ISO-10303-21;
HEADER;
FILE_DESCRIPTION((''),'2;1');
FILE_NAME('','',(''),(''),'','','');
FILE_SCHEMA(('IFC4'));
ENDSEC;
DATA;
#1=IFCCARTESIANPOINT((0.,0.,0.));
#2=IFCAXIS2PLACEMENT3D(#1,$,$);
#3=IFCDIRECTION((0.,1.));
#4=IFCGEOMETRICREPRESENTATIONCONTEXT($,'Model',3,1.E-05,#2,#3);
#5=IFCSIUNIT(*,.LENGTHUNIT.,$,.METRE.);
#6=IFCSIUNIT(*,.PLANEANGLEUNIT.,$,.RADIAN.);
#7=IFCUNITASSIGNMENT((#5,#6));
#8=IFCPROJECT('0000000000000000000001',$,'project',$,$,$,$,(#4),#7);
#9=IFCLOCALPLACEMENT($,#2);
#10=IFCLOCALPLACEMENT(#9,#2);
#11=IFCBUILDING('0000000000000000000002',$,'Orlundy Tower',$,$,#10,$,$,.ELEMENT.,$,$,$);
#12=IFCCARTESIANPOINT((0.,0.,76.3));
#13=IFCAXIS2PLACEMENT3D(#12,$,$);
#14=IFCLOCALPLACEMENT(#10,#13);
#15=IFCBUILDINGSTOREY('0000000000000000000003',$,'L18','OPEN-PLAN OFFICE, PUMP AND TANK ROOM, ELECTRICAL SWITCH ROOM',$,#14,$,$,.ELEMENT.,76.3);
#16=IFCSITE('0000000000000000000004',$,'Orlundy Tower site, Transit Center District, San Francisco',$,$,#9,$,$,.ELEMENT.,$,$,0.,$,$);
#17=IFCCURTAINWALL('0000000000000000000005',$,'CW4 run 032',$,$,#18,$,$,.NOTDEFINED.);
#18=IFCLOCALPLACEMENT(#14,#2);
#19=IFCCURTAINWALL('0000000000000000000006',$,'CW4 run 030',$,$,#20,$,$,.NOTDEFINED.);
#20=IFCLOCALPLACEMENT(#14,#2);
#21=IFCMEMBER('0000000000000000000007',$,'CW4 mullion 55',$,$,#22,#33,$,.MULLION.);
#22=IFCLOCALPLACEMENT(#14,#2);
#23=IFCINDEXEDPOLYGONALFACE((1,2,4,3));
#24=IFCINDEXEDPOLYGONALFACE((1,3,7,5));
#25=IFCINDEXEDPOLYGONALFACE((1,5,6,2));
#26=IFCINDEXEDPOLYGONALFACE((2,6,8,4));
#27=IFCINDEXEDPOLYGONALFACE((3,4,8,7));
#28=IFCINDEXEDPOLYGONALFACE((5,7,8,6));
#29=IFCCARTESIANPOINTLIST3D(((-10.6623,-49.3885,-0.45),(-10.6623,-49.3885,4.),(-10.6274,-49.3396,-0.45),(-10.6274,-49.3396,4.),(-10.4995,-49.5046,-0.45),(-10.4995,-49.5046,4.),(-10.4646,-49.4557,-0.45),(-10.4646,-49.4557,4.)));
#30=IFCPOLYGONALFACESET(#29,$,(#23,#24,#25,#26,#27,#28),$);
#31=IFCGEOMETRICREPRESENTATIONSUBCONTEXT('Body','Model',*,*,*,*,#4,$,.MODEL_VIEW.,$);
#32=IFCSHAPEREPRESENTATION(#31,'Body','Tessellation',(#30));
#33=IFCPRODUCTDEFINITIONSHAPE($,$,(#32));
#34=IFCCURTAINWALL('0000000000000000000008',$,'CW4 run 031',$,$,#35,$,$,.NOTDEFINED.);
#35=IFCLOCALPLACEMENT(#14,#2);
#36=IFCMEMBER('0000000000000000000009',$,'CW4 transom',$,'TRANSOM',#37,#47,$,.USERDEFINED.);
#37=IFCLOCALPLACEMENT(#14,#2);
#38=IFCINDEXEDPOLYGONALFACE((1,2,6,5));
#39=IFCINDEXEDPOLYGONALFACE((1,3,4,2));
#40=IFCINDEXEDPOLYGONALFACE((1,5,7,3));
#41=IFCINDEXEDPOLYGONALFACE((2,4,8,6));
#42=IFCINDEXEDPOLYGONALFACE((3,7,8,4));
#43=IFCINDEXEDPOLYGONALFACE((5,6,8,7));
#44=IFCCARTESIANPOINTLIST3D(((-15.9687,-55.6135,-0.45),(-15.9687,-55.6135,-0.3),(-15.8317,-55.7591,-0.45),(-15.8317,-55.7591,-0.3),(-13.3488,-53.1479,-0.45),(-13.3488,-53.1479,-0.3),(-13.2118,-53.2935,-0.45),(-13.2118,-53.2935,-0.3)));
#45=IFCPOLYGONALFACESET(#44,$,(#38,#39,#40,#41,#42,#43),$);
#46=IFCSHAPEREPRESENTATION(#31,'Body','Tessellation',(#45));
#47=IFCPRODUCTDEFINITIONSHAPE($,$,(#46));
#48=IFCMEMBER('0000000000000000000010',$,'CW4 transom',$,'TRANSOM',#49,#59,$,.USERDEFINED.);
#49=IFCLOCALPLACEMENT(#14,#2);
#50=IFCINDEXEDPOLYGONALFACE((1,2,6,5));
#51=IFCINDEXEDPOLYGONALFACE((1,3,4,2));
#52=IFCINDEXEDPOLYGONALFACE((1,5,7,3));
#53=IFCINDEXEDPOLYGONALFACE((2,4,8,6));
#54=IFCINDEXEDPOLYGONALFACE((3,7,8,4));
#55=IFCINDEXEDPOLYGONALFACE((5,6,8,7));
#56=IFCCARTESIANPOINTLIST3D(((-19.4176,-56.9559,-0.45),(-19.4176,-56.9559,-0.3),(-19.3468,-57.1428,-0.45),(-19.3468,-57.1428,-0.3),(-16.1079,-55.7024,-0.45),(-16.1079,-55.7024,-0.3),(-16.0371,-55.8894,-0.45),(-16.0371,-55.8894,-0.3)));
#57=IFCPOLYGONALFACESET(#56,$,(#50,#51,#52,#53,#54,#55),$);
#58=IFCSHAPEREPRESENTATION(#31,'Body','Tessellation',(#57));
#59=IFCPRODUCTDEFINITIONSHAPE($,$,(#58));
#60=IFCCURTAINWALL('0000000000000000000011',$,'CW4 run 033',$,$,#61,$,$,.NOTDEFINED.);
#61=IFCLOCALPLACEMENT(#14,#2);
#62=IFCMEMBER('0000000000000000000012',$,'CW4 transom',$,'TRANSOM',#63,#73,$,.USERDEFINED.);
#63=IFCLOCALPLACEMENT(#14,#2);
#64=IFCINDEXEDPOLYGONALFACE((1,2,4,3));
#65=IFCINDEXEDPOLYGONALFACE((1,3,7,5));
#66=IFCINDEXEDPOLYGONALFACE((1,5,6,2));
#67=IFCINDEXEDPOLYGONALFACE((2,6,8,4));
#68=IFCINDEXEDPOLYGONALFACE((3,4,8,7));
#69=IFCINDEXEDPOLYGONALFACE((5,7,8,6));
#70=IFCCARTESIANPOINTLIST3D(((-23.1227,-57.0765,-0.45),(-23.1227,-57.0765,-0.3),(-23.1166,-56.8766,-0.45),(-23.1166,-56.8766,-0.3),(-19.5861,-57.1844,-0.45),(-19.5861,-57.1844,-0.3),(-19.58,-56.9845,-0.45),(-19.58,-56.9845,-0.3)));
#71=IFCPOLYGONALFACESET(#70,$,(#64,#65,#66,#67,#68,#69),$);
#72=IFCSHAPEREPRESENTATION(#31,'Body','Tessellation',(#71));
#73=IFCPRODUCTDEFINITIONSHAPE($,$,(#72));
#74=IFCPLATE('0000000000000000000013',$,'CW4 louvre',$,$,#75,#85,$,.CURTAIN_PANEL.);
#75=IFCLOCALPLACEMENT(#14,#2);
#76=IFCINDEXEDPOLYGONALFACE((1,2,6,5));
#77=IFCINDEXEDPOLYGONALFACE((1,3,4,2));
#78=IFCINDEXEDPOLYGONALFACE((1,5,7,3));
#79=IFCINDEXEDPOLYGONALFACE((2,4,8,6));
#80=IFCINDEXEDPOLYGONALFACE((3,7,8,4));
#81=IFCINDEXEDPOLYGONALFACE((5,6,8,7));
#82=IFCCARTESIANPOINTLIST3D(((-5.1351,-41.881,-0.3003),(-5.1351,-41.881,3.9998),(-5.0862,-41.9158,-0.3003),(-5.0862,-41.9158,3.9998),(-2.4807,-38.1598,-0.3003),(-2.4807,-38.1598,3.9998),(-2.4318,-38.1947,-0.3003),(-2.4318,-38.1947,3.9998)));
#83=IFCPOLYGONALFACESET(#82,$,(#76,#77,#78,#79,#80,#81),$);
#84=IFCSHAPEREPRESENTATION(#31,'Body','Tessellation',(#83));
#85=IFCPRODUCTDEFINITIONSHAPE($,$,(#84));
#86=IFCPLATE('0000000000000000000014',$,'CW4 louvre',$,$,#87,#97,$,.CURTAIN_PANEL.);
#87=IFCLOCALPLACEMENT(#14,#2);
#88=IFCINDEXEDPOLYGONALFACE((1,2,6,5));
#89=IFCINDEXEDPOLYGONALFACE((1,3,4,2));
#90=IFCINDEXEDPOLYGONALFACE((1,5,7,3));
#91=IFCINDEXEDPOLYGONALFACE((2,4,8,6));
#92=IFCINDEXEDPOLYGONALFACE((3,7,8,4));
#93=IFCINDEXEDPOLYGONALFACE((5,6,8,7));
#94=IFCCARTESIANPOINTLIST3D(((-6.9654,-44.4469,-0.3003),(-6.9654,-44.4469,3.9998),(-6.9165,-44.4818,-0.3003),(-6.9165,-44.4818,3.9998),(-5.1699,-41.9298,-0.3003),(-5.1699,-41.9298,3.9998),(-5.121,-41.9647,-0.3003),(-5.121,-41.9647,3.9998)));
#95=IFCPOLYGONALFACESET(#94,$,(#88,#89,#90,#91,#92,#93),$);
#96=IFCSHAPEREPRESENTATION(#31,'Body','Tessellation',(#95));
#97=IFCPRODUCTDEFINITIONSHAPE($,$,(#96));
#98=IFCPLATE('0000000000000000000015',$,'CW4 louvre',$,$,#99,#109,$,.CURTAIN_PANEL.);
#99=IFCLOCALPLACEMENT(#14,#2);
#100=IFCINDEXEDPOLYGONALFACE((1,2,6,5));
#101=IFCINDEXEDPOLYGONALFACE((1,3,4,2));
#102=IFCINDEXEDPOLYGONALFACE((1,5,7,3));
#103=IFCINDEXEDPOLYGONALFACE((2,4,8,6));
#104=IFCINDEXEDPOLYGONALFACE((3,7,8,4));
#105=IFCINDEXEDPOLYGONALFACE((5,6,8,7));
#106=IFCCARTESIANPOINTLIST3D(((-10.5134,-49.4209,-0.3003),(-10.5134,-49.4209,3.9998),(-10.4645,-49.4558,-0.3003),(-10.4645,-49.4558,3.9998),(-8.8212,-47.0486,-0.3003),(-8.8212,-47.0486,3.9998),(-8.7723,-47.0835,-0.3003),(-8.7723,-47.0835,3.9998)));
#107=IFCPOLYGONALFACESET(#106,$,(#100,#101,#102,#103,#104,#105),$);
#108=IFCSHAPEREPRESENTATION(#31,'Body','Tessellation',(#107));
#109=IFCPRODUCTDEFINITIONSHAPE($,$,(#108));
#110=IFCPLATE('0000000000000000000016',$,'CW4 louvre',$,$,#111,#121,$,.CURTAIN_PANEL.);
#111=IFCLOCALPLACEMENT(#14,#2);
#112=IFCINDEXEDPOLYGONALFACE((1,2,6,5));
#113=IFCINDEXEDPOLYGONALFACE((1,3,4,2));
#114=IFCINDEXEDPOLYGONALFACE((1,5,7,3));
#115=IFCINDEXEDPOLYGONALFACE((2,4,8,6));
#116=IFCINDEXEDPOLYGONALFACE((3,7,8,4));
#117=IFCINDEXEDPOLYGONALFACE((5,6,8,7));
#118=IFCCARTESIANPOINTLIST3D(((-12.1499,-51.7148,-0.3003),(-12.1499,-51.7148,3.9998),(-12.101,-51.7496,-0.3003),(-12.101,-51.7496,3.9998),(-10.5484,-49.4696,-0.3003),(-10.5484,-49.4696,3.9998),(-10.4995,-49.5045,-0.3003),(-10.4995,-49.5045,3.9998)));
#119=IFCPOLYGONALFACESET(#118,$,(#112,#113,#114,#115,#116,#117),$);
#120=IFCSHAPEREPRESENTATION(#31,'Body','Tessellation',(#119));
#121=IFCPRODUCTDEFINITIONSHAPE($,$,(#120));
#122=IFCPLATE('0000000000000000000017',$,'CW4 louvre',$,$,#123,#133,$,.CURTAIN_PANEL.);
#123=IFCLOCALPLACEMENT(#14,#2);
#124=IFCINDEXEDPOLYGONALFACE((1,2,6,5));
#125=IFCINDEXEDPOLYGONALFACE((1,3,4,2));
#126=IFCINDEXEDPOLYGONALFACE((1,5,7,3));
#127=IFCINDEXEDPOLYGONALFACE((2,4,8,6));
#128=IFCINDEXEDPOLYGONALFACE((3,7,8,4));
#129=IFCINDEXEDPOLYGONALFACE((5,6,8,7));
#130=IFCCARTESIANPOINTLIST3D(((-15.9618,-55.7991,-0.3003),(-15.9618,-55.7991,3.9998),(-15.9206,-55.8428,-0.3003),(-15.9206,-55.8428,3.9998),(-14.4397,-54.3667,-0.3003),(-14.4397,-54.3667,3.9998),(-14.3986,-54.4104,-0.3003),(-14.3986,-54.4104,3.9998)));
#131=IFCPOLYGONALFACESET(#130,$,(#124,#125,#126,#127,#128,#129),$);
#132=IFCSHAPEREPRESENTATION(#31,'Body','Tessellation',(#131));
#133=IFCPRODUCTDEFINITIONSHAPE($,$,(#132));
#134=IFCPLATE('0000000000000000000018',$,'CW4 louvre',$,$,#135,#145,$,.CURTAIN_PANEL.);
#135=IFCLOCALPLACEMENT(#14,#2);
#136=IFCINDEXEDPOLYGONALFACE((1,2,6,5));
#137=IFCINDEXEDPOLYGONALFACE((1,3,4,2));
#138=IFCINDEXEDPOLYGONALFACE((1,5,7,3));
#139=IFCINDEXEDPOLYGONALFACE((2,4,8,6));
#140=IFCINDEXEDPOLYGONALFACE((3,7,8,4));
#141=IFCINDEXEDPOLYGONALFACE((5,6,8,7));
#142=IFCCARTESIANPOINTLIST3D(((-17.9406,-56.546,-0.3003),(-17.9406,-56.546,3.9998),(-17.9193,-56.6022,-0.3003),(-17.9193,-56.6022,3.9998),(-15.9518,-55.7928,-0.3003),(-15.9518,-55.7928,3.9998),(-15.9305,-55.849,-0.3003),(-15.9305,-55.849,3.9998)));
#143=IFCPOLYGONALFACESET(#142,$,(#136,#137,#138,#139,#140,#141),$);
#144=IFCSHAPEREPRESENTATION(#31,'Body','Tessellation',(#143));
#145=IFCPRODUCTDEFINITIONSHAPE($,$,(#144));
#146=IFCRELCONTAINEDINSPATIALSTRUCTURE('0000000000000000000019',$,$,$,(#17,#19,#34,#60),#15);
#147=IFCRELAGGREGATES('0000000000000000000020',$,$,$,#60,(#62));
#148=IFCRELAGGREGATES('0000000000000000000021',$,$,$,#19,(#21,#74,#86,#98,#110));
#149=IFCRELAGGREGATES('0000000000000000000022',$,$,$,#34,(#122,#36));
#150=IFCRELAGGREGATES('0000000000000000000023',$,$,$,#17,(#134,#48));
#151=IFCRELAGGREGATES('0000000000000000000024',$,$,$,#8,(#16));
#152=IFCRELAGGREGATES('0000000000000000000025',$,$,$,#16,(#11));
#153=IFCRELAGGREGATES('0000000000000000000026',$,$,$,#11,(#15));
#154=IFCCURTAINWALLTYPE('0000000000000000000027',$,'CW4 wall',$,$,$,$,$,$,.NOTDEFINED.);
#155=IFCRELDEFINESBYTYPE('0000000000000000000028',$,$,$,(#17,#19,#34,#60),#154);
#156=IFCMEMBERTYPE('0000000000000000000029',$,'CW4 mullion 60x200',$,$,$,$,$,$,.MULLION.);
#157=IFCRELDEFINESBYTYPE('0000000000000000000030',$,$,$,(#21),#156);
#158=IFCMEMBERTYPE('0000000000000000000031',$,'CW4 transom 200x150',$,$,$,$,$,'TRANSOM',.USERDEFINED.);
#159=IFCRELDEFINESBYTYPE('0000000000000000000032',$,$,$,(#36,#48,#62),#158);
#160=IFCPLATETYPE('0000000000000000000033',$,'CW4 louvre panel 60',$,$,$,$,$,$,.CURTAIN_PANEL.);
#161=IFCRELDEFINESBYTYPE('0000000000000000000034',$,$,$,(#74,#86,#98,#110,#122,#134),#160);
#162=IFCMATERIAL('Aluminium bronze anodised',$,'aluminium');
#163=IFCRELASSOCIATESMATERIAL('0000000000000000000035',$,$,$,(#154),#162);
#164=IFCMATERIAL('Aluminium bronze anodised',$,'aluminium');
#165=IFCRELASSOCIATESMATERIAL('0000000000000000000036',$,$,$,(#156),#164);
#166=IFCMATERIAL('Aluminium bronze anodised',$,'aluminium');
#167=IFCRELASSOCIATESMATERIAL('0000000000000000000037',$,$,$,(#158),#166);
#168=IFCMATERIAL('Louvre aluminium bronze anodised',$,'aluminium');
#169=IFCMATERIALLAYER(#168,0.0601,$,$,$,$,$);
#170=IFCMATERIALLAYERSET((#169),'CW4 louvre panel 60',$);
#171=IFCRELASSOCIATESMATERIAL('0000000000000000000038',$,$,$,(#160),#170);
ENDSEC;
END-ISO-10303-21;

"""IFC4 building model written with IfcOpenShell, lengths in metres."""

from ifc_helpers import new_model, si_unit, direction, frame, origin, origin_2d, place, context, subcontext, project, spatial, rectangle, extrude, material, layer, layer_set, material_profile, profile_set, type_object, element, aggregate, save


model = new_model("IFC4")

# Units and contexts
model_context = context("Model", 3, precision=1e-05, world=origin(), true_north=direction((0.0, 1.0)))
body_context = subcontext(model_context, "Body", "Model", "MODEL_VIEW")
ifc_project = project(units=[si_unit("LENGTHUNIT", "METRE"), si_unit("PLANEANGLEUNIT", "RADIAN")], contexts=[model_context])

# Site, building, storey
site_placement = place(None, origin())
site = spatial("IfcSite", under=ifc_project, at=site_placement, Name="Orlundy Tower site, Transit Center District, San Francisco", CompositionType="ELEMENT", RefElevation=0.0)
building_placement = place(site_placement, origin())
building = spatial("IfcBuilding", under=site, at=building_placement, Name="Orlundy Tower", CompositionType="ELEMENT")
storey_placement = place(building_placement, frame((0.0, 0.0, 76.3)))
storey = spatial("IfcBuildingStorey", under=building, at=storey_placement, Name="L18", Description="OPEN-PLAN OFFICE, PUMP AND TANK ROOM, ELECTRICAL SWITCH ROOM", CompositionType="ELEMENT", Elevation=76.3)

# Curtain wall
ifc_material_1 = material(Name="Aluminium bronze anodised", Category="aluminium")
curtain_wall_type = type_object("IfcCurtainWallType", Name="CW4 wall", PredefinedType="NOTDEFINED", material=ifc_material_1)
curtain_wall_1_placement = place(storey_placement, origin())
curtain_wall_1 = element("IfcCurtainWall", 1, at=curtain_wall_1_placement, inside=storey, type_object=curtain_wall_type, Name="CW4 run 032", PredefinedType="NOTDEFINED")

# Curtain wall, member
curtain_wall_2_placement = place(storey_placement, origin())
curtain_wall_2 = element("IfcCurtainWall", 2, at=curtain_wall_2_placement, inside=storey, type_object=curtain_wall_type, Name="CW4 run 030", PredefinedType="NOTDEFINED")
ifc_material_2 = material(Name="Aluminium bronze anodised", Category="aluminium")
ifc_material_profile_1 = material_profile(ifc_material_2, rectangle(XDim=0.2, YDim=0.0601, at=origin_2d()), Name="CW4 mullion 60x200")
ifc_profile_set_1 = profile_set([ifc_material_profile_1], Name="Aluminium bronze anodised")
member_type_1 = type_object("IfcMemberType", Name="CW4 mullion 60x200", PredefinedType="MULLION", material=ifc_profile_set_1)
member_1_placement = place(storey_placement, frame((-10.5635, -49.4221, -0.45), z_axis=(0.0, 0.0, 1.0), x_axis=(0.81411, -0.58071, 0.0)))
member_1 = element("IfcMember", 3, at=member_1_placement, type_object=member_type_1, Name="CW4 mullion 55", PredefinedType="MULLION", context=body_context, shape_type="SweptSolid", body=[
    extrude(rectangle(XDim=0.2, YDim=0.0601, at=origin_2d()), origin(), (0.0, 0.0, 1.0), 4.45),
])

# Curtain wall, member
curtain_wall_3_placement = place(storey_placement, origin())
curtain_wall_3 = element("IfcCurtainWall", 4, at=curtain_wall_3_placement, inside=storey, type_object=curtain_wall_type, Name="CW4 run 031", PredefinedType="NOTDEFINED")
ifc_material_3 = material(Name="Aluminium bronze anodised", Category="aluminium")
ifc_material_profile_2 = material_profile(ifc_material_3, rectangle(XDim=0.2, YDim=0.1499, at=origin_2d()), Name="CW4 transom 200x150")
ifc_profile_set_2 = profile_set([ifc_material_profile_2], Name="Aluminium bronze anodised")
member_type_2 = type_object("IfcMemberType", Name="CW4 transom 200x150", ElementType="TRANSOM", PredefinedType="USERDEFINED", material=ifc_profile_set_2)
member_2_placement = place(storey_placement, frame((-13.2803, -53.2207, -0.375), z_axis=(-0.728226, -0.685337, 0.0), x_axis=(0.685337, -0.728226, 0.0)))
member_2 = element("IfcMember", 5, at=member_2_placement, type_object=member_type_2, Name="CW4 transom", ObjectType="TRANSOM", PredefinedType="USERDEFINED", context=body_context, shape_type="SweptSolid", body=[
    extrude(rectangle(XDim=0.2, YDim=0.1499, at=origin_2d()), origin(), (0.0, 0.0, 1.0), 3.5977),
])

# Member
member_3_placement = place(storey_placement, frame((-16.0725, -55.7959, -0.375), z_axis=(-0.935179, -0.354176, 0.0), x_axis=(0.354176, -0.935179, 0.0)))
member_3 = element("IfcMember", 6, at=member_3_placement, type_object=member_type_2, Name="CW4 transom", ObjectType="TRANSOM", PredefinedType="USERDEFINED", context=body_context, shape_type="SweptSolid", body=[
    extrude(rectangle(XDim=0.2, YDim=0.1499, at=origin_2d()), origin(), (0.0, 0.0, 1.0), 3.5391),
])

# Curtain wall, member
curtain_wall_4_placement = place(storey_placement, origin())
curtain_wall_4 = element("IfcCurtainWall", 7, at=curtain_wall_4_placement, inside=storey, type_object=curtain_wall_type, Name="CW4 run 033", PredefinedType="NOTDEFINED")
member_4_placement = place(storey_placement, frame((-19.583, -57.0845, -0.375), z_axis=(-0.999535, 0.030498, 0.0), x_axis=(-0.030498, -0.999535, 0.0)))
member_4 = element("IfcMember", 8, at=member_4_placement, type_object=member_type_2, Name="CW4 transom", ObjectType="TRANSOM", PredefinedType="USERDEFINED", context=body_context, shape_type="SweptSolid", body=[
    extrude(rectangle(XDim=0.2, YDim=0.1499, at=origin_2d()), origin(), (0.0, 0.0, 1.0), 3.5383),
])
aggregate(curtain_wall_4, [member_4])

# Plates
ifc_material_4 = material(Name="Louvre aluminium bronze anodised", Category="aluminium")
ifc_layer = layer(ifc_material_4, 0.0601)
ifc_layer_set = layer_set([ifc_layer], Name="CW4 louvre panel 60")
plate_type = type_object("IfcPlateType", Name="CW4 louvre panel 60", PredefinedType="CURTAIN_PANEL", material=ifc_layer_set)
plate_1_placement = place(storey_placement, frame((-3.7834, -40.0378, -0.3003), z_axis=(0.0, 0.0, 1.0), x_axis=(-0.58071, -0.81411, 0.0)))
plate_1 = element("IfcPlate", 9, at=plate_1_placement, type_object=plate_type, Name="CW4 louvre", PredefinedType="CURTAIN_PANEL", context=body_context, shape_type="SweptSolid", body=[
    extrude(rectangle(XDim=4.5708, YDim=0.0601, at=origin_2d()), origin(), (0.0, 0.0, 1.0), 4.3),
])
plate_2_placement = place(storey_placement, frame((-6.0432, -43.2058, -0.3003), z_axis=(0.0, 0.0, 1.0), x_axis=(-0.58071, -0.81411, 0.0)))
plate_2 = element("IfcPlate", 10, at=plate_2_placement, type_object=plate_type, Name="CW4 louvre", PredefinedType="CURTAIN_PANEL", context=body_context, shape_type="SweptSolid", body=[
    extrude(rectangle(XDim=3.0918, YDim=0.0601, at=origin_2d()), origin(), (0.0, 0.0, 1.0), 4.3),
])
plate_3_placement = place(storey_placement, frame((-9.6428, -48.2522, -0.3003), z_axis=(0.0, 0.0, 1.0), x_axis=(-0.58071, -0.81411, 0.0)))
plate_3 = element("IfcPlate", 11, at=plate_3_placement, type_object=plate_type, Name="CW4 louvre", PredefinedType="CURTAIN_PANEL", context=body_context, shape_type="SweptSolid", body=[
    extrude(rectangle(XDim=2.9141, YDim=0.0601, at=origin_2d()), origin(), (0.0, 0.0, 1.0), 4.3),
])
plate_4_placement = place(storey_placement, frame((-11.3247, -50.6096, -0.3003), z_axis=(0.0, 0.0, 1.0), x_axis=(-0.58071, -0.81411, 0.0)))
plate_4 = element("IfcPlate", 12, at=plate_4_placement, type_object=plate_type, Name="CW4 louvre", PredefinedType="CURTAIN_PANEL", context=body_context, shape_type="SweptSolid", body=[
    extrude(rectangle(XDim=2.7578, YDim=0.0601, at=origin_2d()), origin(), (0.0, 0.0, 1.0), 4.3),
])
aggregate(curtain_wall_2, [member_1, plate_1, plate_2, plate_3, plate_4])
plate_5_placement = place(storey_placement, frame((-15.1802, -55.1047, -0.3003), z_axis=(0.0, 0.0, 1.0), x_axis=(-0.728232, -0.685331, 0.0)))
plate_5 = element("IfcPlate", 13, at=plate_5_placement, type_object=plate_type, Name="CW4 louvre", PredefinedType="CURTAIN_PANEL", context=body_context, shape_type="SweptSolid", body=[
    extrude(rectangle(XDim=2.0901, YDim=0.0601, at=origin_2d()), origin(), (0.0, 0.0, 1.0), 4.3),
])
aggregate(curtain_wall_3, [plate_5, member_2])
plate_6_placement = place(storey_placement, frame((-16.9355, -56.1975, -0.3003), z_axis=(0.0, 0.0, 1.0), x_axis=(-0.935182, -0.354166, 0.0)))
plate_6 = element("IfcPlate", 14, at=plate_6_placement, type_object=plate_type, Name="CW4 louvre", PredefinedType="CURTAIN_PANEL", context=body_context, shape_type="SweptSolid", body=[
    extrude(rectangle(XDim=2.1267, YDim=0.0601, at=origin_2d()), origin(), (0.0, 0.0, 1.0), 4.3),
])
aggregate(curtain_wall_1, [plate_6, member_3])

save(model, "model.ifc")
